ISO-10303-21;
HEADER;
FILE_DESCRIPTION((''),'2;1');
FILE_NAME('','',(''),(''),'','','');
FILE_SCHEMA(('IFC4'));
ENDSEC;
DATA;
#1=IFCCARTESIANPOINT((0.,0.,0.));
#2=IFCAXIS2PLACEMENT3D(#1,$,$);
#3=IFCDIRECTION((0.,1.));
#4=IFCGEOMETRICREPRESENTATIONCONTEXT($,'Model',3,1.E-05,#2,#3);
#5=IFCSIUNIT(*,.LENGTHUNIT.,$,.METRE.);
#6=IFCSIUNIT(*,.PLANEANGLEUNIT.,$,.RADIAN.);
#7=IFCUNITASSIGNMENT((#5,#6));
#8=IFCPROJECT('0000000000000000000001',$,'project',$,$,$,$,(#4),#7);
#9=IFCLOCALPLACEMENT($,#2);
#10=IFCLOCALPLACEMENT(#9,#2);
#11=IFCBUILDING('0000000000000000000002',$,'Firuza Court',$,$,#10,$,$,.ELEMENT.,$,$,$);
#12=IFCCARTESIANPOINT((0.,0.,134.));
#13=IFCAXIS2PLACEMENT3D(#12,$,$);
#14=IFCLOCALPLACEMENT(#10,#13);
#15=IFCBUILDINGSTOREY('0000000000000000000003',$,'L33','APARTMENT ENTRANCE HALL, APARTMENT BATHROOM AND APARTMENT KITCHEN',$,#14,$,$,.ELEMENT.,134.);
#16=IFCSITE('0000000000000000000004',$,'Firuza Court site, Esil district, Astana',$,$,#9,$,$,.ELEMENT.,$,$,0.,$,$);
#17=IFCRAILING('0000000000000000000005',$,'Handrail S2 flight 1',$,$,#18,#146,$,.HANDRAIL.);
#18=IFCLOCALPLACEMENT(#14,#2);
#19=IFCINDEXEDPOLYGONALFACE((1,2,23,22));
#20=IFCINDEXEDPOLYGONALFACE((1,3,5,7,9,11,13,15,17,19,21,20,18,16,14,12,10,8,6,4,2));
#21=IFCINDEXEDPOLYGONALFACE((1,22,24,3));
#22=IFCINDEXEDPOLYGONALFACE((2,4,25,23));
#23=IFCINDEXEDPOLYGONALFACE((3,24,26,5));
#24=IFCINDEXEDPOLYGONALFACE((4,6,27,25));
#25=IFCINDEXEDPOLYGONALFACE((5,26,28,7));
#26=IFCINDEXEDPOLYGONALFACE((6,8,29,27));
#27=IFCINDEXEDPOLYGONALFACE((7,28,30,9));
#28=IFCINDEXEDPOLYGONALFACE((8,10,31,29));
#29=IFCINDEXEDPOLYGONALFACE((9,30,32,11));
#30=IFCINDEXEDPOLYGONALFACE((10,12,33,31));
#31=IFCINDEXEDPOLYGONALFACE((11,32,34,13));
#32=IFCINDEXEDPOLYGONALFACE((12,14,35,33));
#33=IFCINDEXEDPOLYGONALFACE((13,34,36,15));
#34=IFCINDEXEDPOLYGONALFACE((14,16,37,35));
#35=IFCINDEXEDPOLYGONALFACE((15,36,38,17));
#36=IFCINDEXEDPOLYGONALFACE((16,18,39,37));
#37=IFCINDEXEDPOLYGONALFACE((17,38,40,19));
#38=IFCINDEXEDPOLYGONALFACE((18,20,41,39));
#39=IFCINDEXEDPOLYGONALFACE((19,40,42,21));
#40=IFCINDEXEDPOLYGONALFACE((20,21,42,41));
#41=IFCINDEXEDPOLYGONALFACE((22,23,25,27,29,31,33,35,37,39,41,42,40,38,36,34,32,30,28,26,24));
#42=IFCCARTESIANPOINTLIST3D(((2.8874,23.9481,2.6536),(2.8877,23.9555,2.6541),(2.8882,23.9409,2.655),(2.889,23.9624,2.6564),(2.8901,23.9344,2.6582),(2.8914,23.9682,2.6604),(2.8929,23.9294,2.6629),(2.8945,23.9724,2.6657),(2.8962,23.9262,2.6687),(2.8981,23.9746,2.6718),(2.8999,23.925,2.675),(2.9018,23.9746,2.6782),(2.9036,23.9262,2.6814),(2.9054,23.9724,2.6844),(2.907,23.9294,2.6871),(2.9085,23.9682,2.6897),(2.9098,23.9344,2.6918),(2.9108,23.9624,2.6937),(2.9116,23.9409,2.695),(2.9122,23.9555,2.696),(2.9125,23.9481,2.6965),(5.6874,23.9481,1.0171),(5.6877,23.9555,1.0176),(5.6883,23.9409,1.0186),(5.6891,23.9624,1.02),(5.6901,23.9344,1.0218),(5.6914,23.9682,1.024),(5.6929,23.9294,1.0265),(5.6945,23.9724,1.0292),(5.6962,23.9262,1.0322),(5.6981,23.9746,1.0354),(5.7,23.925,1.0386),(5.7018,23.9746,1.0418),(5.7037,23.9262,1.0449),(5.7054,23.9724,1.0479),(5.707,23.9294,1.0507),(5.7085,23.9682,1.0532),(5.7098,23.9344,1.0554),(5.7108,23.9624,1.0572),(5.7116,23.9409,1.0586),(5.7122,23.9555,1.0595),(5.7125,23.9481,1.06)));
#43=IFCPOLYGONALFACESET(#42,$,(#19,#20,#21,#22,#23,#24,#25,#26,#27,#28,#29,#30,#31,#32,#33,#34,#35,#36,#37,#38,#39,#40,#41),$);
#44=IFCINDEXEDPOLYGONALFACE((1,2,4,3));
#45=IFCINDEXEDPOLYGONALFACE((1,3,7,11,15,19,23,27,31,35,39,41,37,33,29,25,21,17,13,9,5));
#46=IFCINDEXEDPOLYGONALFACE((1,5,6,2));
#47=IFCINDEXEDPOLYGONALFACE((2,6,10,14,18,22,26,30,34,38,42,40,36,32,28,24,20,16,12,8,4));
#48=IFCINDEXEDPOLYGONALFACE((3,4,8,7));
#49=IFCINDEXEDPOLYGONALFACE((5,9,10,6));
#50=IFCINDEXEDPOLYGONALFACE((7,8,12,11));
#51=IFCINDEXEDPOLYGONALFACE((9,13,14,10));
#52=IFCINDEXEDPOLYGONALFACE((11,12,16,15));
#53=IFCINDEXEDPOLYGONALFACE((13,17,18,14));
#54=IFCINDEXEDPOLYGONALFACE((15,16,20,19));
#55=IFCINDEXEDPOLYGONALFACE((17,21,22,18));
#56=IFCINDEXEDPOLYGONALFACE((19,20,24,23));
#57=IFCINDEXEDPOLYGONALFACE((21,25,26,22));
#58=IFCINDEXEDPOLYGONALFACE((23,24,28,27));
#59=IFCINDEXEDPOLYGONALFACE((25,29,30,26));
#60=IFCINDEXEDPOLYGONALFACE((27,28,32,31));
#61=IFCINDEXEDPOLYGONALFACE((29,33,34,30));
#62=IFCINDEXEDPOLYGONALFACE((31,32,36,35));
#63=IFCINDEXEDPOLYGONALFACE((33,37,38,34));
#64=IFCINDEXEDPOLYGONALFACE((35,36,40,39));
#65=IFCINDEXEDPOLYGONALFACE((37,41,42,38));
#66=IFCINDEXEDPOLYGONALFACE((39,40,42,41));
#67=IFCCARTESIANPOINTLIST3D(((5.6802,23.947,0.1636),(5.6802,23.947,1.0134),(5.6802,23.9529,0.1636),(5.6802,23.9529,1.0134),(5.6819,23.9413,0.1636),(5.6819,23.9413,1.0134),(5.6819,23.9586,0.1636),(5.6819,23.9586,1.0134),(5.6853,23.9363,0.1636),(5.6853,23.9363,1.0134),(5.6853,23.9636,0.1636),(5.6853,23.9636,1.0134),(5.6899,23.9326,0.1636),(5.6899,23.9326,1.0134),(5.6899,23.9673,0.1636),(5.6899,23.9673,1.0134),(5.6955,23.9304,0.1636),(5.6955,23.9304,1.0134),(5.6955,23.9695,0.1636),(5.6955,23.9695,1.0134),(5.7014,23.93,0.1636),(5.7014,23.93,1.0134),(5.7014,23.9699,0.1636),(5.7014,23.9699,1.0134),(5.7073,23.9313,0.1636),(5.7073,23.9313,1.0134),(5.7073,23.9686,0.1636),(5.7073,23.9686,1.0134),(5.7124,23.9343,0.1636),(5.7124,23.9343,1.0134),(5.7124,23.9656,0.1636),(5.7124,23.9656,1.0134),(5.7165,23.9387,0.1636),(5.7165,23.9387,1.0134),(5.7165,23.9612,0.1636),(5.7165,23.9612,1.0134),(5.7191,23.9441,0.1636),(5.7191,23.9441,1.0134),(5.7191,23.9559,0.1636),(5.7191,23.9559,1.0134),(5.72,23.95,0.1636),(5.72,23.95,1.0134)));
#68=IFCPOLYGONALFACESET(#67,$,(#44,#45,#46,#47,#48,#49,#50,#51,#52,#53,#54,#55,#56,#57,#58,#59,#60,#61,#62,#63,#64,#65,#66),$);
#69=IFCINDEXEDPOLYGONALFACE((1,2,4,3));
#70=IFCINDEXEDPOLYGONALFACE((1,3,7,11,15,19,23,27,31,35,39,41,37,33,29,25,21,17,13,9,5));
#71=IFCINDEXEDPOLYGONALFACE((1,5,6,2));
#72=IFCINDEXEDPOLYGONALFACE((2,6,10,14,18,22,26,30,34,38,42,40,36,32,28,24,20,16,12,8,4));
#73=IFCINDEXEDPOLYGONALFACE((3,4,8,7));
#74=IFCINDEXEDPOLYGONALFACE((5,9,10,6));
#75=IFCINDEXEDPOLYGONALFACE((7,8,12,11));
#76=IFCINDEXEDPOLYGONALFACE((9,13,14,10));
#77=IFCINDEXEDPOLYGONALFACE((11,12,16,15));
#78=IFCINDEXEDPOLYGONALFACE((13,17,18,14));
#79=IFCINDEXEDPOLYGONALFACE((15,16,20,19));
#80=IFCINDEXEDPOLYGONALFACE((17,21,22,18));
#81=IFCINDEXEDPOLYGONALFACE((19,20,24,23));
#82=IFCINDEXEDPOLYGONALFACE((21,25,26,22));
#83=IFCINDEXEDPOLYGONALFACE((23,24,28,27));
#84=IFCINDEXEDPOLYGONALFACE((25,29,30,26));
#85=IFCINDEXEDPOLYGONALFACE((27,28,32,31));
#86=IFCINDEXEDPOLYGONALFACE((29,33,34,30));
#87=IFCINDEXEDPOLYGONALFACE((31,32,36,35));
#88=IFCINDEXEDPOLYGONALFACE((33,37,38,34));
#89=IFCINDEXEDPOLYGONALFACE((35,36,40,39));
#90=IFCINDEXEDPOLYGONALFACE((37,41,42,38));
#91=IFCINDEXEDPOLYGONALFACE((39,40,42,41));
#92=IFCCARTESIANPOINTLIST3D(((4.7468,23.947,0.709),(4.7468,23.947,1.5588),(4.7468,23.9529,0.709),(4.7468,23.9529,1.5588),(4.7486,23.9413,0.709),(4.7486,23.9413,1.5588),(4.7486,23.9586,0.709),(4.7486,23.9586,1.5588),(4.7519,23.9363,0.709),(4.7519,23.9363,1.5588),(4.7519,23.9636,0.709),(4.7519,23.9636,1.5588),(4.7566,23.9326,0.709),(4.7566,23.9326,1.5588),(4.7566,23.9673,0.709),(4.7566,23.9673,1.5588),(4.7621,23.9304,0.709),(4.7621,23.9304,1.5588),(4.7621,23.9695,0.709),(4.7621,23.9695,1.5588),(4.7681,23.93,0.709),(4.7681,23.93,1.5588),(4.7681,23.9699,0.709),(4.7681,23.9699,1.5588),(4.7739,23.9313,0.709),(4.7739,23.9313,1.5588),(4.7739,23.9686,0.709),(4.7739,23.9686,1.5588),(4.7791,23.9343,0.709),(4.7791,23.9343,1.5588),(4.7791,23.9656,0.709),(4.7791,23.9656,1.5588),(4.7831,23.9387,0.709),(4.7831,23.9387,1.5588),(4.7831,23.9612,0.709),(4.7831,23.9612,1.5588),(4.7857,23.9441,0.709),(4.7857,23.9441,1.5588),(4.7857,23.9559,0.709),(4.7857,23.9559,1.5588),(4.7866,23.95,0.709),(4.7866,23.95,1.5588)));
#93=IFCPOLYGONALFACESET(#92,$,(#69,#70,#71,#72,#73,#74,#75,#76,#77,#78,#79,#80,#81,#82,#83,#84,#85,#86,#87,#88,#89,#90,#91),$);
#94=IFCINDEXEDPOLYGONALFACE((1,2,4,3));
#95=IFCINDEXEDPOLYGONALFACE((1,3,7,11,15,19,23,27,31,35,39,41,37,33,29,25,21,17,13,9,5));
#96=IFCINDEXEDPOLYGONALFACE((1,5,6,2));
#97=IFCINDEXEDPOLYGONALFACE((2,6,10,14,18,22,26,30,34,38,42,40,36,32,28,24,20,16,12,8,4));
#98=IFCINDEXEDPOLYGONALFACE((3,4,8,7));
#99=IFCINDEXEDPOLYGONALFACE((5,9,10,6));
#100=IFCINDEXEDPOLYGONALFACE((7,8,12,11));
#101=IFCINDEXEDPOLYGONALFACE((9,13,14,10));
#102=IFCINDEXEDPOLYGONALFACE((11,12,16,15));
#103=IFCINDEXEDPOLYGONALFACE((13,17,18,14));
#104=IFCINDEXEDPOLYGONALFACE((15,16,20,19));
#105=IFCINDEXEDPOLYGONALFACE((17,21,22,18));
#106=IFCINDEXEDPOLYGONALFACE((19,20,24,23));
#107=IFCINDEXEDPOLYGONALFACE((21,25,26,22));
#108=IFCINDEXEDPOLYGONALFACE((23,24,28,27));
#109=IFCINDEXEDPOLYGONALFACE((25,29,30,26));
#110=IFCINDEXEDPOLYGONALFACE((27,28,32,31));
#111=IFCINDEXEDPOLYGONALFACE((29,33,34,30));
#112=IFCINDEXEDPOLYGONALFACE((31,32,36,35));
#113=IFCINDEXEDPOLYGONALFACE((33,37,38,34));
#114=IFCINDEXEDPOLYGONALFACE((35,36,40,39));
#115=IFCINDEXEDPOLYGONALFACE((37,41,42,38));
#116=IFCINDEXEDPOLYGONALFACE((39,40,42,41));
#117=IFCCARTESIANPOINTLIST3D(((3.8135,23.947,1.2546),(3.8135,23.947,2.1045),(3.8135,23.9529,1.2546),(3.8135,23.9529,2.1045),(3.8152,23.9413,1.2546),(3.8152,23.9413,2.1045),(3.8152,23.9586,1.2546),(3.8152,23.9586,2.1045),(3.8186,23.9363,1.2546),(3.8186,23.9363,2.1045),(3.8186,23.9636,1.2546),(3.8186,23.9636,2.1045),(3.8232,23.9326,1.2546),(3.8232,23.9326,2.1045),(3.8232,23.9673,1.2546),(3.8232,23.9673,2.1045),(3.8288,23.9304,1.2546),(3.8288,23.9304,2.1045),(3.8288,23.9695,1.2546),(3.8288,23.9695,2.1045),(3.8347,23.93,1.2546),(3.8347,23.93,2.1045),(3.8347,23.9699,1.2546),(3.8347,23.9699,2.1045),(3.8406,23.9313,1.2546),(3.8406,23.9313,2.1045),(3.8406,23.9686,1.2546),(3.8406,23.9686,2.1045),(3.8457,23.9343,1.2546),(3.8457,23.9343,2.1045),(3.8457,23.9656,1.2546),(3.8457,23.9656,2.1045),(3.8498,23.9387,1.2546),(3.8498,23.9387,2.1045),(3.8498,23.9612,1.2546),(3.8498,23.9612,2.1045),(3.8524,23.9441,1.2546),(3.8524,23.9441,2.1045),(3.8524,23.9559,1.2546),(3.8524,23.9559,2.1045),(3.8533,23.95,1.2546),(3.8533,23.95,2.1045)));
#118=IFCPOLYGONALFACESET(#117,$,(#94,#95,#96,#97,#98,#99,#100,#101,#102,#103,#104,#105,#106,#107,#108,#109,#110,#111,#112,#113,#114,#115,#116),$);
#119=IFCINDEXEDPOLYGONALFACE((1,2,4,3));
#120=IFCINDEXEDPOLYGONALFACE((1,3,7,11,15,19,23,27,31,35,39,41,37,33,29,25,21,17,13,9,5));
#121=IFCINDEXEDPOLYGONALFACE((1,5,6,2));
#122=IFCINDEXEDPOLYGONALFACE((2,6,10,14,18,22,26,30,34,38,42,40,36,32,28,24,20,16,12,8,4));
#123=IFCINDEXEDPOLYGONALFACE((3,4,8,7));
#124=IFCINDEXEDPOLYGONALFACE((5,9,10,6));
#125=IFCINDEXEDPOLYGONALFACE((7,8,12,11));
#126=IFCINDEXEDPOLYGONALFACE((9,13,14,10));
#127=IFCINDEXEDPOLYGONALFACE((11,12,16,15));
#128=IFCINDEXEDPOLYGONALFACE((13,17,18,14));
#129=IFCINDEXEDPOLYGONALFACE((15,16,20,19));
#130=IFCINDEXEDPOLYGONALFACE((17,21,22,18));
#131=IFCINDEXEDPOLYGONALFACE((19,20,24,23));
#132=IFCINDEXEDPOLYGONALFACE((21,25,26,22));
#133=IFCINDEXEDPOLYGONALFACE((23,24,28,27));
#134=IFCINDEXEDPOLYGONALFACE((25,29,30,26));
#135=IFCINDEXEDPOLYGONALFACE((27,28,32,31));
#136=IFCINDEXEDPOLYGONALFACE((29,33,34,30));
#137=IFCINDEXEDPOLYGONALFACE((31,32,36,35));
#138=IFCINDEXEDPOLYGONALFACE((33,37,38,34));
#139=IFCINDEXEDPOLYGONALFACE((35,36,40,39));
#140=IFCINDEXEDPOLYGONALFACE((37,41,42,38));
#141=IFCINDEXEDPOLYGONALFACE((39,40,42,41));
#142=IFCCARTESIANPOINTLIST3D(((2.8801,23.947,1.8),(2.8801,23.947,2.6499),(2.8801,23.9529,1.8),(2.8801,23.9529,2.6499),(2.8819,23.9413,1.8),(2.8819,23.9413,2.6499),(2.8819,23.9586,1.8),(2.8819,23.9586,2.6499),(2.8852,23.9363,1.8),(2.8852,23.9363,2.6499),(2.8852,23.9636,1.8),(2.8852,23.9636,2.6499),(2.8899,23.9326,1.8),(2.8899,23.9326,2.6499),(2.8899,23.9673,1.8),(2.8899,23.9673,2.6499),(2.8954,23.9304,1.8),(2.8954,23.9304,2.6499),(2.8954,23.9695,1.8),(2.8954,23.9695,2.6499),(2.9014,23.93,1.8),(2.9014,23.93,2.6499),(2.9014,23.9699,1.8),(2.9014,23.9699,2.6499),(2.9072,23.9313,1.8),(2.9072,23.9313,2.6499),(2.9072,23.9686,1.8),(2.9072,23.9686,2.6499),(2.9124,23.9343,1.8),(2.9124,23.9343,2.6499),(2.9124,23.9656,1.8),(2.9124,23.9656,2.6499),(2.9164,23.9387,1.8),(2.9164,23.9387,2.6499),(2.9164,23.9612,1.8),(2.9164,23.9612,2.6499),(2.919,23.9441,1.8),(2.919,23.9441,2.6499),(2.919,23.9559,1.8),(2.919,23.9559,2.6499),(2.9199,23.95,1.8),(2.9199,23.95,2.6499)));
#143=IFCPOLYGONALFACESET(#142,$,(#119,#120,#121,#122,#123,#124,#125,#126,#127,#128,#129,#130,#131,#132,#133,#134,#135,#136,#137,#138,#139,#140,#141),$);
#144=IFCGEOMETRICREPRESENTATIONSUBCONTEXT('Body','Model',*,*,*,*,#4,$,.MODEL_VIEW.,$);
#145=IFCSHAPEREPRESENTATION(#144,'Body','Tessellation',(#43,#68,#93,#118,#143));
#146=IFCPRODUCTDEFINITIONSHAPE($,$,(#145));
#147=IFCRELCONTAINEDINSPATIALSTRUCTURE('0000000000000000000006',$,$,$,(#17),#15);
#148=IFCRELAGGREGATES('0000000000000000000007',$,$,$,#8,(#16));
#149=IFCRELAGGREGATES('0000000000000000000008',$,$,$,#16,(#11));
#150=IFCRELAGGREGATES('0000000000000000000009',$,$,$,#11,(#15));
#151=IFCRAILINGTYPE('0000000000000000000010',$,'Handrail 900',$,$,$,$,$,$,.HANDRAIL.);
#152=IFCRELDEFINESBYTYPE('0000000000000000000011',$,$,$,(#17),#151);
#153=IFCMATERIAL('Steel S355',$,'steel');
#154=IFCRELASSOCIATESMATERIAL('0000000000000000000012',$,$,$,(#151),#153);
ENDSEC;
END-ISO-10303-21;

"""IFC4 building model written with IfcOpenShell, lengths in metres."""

from ifc_helpers import new_model, si_unit, direction, frame, origin, origin_2d, place, context, subcontext, project, spatial, circle, extrude, material, type_object, element, save


model = new_model("IFC4")

# Units and contexts
model_context = context("Model", 3, precision=1e-05, world=origin(), true_north=direction((0.0, 1.0)))
body_context = subcontext(model_context, "Body", "Model", "MODEL_VIEW")
ifc_project = project(units=[si_unit("LENGTHUNIT", "METRE"), si_unit("PLANEANGLEUNIT", "RADIAN")], contexts=[model_context])

# Site, building, storey
site_placement = place(None, origin())
site = spatial("IfcSite", under=ifc_project, at=site_placement, Name="Firuza Court site, Esil district, Astana", CompositionType="ELEMENT", RefElevation=0.0)
building_placement = place(site_placement, origin())
building = spatial("IfcBuilding", under=site, at=building_placement, Name="Firuza Court", CompositionType="ELEMENT")
storey_placement = place(building_placement, frame((0.0, 0.0, 134.0)))
storey = spatial("IfcBuildingStorey", under=building, at=storey_placement, Name="L33", Description="APARTMENT ENTRANCE HALL, APARTMENT BATHROOM AND APARTMENT KITCHEN", CompositionType="ELEMENT", Elevation=134.0)

# Railing
ifc_material_1 = material(Name="Steel S355", Category="steel")
railing_type_1 = type_object("IfcRailingType", Name="Handrail 900", PredefinedType="HANDRAIL", material=ifc_material_1)
railing_1_placement = place(storey_placement, frame((5.7, 23.95, 0.1636)))
element("IfcRailing", 1, at=railing_1_placement, inside=storey, type_object=railing_type_1, Name="Handrail S2 flight 1", PredefinedType="HANDRAIL", context=body_context, shape_type="SweptSolid", body=[
    extrude(circle(Radius=0.0249, at=origin_2d()), frame((0.0, 0.0, 0.875), z_axis=(-0.863361, 0.0, 0.504587), x_axis=(0.0, -1.0, 0.0)), (0.0, 0.0, 1.0), 3.2432),
    extrude(circle(Radius=0.02, at=origin_2d()), origin(), (0.0, 0.0, 1.0), 0.8499),
    extrude(circle(Radius=0.02, at=origin_2d()), frame((-0.9333, 0.0, 0.5454)), (0.0, 0.0, 1.0), 0.8499),
    extrude(circle(Radius=0.02, at=origin_2d()), frame((-1.8667, 0.0, 1.0911)), (0.0, 0.0, 1.0), 0.8499),
    extrude(circle(Radius=0.02, at=origin_2d()), frame((-2.8, 0.0, 1.6365)), (0.0, 0.0, 1.0), 0.8499),
])

save(model, "model.ifc")
